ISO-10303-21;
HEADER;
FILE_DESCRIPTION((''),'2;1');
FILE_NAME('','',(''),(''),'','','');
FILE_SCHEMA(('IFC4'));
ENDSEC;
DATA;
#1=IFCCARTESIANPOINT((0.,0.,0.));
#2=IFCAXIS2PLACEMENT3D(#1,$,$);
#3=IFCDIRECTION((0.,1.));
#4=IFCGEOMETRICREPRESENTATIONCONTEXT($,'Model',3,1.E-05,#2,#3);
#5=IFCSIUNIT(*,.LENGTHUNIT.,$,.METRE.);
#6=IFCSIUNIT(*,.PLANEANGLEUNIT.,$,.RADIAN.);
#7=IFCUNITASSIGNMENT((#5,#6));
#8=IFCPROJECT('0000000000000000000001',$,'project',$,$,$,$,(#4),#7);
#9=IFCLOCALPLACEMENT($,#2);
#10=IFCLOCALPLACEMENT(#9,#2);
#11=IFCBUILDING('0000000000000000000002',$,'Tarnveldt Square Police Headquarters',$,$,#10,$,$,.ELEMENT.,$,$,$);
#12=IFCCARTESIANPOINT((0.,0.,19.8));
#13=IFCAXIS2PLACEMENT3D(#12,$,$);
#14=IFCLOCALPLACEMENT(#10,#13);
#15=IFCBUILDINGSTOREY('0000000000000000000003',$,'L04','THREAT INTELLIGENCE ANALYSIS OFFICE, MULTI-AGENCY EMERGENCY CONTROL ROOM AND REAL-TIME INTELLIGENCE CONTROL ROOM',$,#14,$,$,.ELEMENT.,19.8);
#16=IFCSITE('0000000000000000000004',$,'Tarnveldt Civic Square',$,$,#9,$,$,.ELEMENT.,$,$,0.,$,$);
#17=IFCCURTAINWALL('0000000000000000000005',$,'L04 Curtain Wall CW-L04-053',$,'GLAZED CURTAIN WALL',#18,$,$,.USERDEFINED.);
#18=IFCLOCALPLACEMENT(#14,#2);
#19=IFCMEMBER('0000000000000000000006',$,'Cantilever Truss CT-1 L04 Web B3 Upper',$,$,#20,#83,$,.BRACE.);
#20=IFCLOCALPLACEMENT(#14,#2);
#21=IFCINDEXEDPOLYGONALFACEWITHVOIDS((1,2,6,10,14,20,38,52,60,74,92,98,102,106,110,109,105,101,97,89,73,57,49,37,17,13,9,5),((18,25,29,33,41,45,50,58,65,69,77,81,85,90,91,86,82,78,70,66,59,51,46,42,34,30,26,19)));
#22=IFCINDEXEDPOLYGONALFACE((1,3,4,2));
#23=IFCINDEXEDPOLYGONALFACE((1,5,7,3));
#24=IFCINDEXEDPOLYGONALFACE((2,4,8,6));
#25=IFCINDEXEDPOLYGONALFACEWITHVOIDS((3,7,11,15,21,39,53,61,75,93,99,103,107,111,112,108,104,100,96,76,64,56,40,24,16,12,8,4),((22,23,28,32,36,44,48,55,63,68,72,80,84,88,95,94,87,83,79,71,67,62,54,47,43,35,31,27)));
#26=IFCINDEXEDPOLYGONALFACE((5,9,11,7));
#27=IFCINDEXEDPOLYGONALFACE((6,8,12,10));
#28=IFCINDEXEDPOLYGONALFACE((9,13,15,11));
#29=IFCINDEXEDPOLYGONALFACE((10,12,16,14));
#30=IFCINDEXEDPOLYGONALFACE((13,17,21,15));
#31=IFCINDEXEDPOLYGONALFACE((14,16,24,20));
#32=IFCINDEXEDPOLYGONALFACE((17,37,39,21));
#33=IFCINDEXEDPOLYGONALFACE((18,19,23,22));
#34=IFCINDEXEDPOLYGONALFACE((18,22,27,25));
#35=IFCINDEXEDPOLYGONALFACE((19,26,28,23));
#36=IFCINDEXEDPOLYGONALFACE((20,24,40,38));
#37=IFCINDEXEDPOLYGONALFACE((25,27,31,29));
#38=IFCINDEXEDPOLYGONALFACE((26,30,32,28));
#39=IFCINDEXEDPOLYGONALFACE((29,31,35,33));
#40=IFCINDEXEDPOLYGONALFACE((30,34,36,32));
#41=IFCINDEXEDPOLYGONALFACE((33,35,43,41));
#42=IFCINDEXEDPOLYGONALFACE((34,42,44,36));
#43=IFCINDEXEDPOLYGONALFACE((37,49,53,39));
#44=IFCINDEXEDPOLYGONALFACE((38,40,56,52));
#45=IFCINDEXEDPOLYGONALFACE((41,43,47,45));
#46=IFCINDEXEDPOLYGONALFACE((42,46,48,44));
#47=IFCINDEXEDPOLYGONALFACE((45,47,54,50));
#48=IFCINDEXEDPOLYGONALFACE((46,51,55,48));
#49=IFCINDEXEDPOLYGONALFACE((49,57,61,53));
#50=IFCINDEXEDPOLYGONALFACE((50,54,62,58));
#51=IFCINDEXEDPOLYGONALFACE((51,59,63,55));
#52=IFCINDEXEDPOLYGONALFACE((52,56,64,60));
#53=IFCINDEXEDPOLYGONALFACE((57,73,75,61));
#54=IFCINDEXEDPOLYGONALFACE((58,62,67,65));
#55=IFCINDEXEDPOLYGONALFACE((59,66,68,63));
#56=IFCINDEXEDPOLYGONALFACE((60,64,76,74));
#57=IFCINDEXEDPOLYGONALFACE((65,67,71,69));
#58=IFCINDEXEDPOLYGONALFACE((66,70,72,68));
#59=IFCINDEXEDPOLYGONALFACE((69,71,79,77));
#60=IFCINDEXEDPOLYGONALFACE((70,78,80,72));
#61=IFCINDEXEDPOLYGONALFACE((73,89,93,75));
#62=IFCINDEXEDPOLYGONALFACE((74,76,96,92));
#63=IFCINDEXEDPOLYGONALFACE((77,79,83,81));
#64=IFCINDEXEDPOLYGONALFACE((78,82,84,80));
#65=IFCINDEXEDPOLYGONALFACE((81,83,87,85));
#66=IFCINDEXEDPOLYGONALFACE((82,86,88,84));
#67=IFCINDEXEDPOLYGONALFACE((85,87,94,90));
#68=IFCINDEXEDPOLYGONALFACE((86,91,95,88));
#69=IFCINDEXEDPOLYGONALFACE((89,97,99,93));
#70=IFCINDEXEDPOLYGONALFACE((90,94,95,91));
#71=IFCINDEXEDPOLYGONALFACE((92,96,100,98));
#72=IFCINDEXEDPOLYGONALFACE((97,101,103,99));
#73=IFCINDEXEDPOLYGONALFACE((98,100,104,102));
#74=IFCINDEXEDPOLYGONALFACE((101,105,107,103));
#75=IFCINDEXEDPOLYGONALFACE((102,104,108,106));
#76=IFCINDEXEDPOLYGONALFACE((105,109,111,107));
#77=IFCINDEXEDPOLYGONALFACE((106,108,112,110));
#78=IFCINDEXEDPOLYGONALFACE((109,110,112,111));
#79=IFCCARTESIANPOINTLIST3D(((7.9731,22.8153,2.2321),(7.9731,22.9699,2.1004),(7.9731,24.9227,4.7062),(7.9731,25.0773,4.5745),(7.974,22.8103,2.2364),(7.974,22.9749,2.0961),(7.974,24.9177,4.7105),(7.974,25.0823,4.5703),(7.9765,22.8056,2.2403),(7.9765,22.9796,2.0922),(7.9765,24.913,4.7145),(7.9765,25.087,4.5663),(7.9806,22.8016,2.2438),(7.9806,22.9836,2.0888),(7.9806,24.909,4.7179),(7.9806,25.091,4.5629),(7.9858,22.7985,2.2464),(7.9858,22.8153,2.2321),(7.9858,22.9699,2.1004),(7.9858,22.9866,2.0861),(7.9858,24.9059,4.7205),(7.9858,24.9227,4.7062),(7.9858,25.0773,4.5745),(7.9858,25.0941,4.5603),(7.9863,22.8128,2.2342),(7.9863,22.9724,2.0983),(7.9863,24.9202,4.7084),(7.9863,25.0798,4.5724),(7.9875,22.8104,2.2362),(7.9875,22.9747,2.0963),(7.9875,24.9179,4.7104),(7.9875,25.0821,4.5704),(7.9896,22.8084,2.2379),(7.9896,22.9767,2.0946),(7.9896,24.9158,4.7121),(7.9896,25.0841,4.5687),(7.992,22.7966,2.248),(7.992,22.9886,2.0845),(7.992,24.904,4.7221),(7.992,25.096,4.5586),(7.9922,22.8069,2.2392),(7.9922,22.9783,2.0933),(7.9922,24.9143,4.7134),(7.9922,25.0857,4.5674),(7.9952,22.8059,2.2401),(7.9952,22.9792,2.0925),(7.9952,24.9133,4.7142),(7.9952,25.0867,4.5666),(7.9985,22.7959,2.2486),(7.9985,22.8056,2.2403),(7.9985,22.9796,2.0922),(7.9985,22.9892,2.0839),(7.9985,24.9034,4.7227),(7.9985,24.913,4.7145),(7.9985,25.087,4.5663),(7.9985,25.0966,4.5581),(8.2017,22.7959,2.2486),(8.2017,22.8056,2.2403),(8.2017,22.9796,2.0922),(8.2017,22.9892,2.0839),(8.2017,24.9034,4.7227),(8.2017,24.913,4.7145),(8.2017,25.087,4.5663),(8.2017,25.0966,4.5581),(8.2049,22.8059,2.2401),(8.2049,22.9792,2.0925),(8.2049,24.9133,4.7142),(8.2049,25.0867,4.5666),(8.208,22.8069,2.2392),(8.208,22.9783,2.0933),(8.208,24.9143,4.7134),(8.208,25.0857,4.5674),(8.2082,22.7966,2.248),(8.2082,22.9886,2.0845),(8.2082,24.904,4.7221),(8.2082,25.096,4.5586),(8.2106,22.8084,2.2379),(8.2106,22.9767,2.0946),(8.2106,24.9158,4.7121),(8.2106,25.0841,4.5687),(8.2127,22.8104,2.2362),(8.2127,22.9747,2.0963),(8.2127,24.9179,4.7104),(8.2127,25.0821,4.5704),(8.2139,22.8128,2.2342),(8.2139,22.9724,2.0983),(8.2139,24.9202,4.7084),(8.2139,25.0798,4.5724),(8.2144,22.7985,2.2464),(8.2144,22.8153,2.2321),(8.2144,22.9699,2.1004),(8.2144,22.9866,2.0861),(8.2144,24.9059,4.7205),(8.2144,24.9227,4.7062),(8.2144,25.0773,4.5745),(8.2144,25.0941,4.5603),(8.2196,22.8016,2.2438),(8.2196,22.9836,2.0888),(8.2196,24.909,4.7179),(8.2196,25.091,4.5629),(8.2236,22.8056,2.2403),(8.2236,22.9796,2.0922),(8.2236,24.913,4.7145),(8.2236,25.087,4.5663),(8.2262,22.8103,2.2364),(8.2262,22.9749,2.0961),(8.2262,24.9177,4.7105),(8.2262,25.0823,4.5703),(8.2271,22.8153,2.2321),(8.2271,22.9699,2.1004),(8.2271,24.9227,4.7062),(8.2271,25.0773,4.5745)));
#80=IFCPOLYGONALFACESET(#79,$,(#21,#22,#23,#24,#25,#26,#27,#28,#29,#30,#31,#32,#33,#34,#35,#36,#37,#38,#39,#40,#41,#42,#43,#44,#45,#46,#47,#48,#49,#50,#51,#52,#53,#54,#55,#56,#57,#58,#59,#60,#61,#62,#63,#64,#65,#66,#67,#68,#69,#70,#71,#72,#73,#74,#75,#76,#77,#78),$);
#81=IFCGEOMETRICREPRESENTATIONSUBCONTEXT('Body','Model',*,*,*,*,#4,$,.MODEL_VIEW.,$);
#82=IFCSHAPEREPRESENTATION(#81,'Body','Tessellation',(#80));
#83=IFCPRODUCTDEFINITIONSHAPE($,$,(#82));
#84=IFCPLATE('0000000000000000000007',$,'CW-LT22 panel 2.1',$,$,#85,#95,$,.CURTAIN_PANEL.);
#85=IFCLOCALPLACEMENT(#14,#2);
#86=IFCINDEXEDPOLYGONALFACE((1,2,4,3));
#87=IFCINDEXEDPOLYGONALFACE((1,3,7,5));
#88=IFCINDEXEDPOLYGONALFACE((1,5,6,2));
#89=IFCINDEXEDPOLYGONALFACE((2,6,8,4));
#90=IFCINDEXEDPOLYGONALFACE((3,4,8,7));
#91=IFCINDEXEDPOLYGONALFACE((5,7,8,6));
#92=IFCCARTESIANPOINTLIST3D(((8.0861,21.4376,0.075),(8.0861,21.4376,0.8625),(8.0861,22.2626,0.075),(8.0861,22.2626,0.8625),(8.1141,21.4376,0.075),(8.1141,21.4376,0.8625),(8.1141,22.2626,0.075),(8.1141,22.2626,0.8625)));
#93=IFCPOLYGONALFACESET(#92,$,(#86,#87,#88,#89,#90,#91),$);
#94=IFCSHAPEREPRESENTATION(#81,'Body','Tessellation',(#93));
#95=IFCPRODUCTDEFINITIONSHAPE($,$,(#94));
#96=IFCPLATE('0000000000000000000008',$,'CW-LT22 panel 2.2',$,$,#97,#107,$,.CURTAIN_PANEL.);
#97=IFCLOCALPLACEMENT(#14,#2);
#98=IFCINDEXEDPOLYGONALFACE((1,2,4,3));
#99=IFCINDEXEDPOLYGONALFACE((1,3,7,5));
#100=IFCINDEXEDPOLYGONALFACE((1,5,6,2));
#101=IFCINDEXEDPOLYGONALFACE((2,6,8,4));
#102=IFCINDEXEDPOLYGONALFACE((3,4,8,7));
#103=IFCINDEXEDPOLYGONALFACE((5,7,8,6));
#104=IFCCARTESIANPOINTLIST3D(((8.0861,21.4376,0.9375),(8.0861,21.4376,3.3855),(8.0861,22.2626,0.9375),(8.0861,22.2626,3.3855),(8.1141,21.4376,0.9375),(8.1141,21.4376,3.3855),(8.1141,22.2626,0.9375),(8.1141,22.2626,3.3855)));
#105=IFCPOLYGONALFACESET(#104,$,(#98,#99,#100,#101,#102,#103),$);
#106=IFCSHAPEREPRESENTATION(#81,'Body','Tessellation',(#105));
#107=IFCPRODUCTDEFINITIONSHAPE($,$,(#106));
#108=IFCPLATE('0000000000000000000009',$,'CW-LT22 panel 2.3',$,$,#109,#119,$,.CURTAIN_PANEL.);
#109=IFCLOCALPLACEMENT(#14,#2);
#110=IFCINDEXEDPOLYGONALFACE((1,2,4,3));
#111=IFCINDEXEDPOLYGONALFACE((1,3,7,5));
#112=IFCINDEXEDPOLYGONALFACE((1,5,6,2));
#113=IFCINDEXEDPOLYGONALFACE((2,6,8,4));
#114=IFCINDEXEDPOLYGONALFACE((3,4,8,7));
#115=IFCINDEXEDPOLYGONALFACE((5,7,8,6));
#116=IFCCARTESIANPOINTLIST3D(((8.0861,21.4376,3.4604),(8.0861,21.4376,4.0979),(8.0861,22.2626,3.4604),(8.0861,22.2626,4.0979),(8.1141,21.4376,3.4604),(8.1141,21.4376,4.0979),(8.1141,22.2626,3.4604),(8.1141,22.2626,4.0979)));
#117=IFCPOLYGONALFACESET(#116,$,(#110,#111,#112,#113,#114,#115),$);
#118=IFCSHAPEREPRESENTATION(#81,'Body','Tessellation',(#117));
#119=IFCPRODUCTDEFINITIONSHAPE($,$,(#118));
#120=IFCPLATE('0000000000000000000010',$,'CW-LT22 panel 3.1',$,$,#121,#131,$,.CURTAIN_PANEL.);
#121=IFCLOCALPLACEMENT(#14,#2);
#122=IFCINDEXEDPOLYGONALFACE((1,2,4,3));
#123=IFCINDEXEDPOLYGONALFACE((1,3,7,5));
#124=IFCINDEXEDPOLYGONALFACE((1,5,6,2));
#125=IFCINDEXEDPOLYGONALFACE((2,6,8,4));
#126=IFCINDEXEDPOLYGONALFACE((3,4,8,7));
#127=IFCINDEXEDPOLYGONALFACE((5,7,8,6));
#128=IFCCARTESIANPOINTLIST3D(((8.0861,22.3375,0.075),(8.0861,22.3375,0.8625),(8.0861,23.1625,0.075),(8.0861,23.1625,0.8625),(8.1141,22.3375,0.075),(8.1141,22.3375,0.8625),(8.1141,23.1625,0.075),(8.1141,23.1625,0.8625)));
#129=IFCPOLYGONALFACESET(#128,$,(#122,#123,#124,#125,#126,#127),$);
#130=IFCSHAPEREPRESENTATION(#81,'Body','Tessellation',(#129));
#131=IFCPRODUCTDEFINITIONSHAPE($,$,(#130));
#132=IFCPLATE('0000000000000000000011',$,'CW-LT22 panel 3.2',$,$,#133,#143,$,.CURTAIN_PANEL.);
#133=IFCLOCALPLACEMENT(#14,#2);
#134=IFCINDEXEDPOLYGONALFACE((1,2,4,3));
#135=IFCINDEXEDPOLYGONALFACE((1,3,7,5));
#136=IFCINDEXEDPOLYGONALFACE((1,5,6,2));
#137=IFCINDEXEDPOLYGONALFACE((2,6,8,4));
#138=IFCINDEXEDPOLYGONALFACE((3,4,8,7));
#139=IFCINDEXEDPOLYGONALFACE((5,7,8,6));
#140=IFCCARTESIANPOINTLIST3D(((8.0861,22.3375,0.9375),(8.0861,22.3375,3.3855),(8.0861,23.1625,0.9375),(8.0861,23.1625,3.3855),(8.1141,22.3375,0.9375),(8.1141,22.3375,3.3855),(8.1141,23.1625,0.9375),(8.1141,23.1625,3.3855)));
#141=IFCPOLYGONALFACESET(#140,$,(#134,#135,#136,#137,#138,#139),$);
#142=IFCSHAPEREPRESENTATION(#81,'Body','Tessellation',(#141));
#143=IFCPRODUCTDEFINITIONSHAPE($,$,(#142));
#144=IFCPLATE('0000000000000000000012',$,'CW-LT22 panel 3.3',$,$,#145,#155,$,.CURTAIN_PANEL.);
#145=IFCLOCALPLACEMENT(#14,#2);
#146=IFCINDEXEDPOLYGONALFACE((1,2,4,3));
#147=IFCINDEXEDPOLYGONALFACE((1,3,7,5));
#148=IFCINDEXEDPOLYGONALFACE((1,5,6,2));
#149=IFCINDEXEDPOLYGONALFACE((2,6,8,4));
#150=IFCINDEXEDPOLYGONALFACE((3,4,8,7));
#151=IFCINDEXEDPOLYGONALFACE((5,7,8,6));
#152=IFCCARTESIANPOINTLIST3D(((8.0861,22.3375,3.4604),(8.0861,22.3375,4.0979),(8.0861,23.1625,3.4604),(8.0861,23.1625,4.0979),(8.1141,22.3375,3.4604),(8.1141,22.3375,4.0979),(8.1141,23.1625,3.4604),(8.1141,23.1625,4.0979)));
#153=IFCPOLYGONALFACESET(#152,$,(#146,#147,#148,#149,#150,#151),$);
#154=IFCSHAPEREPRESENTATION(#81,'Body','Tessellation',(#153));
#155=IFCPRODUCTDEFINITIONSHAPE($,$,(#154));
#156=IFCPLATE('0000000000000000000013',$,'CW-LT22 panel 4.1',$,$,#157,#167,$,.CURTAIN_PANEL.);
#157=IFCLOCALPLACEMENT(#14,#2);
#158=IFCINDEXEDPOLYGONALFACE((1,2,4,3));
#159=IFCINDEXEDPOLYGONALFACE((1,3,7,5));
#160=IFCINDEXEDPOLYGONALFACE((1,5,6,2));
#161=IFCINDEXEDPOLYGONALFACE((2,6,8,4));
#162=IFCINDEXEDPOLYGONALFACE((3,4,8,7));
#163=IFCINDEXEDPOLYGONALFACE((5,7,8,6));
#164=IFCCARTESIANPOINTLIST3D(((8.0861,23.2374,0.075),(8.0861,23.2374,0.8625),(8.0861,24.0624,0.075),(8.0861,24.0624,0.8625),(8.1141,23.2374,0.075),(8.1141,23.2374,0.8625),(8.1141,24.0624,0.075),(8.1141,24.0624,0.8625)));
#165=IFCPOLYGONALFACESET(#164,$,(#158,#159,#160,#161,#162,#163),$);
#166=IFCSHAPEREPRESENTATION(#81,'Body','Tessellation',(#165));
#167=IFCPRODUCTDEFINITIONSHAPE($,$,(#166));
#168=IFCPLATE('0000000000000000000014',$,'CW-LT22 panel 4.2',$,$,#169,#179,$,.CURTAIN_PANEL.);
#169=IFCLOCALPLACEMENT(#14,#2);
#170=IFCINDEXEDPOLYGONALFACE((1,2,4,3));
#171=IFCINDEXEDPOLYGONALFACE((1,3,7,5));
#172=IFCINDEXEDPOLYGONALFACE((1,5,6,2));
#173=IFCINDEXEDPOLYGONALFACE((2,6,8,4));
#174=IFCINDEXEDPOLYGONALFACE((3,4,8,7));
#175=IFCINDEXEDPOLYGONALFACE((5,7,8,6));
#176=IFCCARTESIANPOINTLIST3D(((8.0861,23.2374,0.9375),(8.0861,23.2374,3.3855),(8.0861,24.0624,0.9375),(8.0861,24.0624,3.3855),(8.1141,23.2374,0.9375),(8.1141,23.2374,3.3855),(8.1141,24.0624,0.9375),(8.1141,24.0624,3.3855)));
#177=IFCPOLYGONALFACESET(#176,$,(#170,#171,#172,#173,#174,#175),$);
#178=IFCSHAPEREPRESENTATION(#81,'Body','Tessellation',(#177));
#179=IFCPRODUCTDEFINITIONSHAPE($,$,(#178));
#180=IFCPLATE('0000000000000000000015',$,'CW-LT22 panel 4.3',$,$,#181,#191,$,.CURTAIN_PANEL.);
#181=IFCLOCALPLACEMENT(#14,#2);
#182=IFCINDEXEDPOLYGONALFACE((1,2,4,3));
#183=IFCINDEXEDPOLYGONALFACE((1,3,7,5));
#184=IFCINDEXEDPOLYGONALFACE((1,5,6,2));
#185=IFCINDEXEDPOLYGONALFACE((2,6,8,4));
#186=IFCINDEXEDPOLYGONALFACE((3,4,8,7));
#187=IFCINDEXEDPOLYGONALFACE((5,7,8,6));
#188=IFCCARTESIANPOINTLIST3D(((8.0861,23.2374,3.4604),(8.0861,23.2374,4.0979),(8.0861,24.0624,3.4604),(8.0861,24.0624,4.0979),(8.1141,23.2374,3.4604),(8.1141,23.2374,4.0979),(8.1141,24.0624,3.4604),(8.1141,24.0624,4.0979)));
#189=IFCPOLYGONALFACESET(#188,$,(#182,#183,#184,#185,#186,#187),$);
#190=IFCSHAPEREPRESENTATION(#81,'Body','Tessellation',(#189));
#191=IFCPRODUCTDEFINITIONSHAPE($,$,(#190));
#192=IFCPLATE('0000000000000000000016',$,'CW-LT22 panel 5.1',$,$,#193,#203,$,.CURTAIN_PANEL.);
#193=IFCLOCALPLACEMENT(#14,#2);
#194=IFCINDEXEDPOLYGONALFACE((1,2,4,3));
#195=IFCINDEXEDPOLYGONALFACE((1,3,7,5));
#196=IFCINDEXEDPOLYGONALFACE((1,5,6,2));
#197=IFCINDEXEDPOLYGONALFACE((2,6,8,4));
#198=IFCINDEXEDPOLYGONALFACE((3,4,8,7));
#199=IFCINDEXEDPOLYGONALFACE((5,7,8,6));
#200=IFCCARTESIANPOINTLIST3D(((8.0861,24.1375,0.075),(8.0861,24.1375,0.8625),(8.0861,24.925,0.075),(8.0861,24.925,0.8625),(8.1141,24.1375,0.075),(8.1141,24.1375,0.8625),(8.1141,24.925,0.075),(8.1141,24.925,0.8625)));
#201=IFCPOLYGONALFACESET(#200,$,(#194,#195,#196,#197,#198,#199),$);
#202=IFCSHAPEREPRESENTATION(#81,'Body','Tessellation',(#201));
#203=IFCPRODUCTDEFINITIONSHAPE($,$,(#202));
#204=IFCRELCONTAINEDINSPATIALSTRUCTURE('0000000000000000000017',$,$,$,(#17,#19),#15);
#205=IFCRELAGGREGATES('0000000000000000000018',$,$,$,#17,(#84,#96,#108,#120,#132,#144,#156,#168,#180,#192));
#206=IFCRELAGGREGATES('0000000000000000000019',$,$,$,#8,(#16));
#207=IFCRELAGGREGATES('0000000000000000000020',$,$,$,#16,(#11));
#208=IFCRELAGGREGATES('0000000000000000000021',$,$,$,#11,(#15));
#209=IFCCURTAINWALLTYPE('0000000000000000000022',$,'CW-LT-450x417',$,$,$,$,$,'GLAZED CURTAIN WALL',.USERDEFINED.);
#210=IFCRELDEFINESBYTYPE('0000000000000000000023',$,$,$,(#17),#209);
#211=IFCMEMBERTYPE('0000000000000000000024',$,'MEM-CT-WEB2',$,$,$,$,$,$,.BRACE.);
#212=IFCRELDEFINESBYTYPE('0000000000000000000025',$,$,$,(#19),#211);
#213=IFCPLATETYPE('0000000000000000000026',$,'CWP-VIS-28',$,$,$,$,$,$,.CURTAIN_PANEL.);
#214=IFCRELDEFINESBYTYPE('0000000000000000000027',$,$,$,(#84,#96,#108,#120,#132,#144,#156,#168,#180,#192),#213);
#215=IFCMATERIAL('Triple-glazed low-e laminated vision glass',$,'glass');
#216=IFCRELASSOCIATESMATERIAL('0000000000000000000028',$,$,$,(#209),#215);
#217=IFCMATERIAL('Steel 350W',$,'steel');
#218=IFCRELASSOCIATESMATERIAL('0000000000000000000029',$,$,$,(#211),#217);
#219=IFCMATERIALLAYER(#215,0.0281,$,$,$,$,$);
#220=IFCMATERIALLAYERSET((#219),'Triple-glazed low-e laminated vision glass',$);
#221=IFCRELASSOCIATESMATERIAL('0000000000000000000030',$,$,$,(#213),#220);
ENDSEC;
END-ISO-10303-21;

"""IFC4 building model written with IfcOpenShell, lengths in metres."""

from ifc_helpers import new_model, si_unit, direction, frame, origin, origin_2d, place, context, subcontext, project, spatial, rectangle, hollow_rectangle, extrude, material, layer, layer_set, material_profile, profile_set, type_object, element, aggregate, save


model = new_model("IFC4")

# Units and contexts
model_context = context("Model", 3, precision=1e-05, world=origin(), true_north=direction((0.0, 1.0)))
body_context = subcontext(model_context, "Body", "Model", "MODEL_VIEW")
ifc_project = project(units=[si_unit("LENGTHUNIT", "METRE"), si_unit("PLANEANGLEUNIT", "RADIAN")], contexts=[model_context])

# Site, building, storey
site_placement = place(None, origin())
site = spatial("IfcSite", under=ifc_project, at=site_placement, Name="Tarnveldt Civic Square", CompositionType="ELEMENT", RefElevation=0.0)
building_placement = place(site_placement, origin())
building = spatial("IfcBuilding", under=site, at=building_placement, Name="Tarnveldt Square Police Headquarters", CompositionType="ELEMENT")
storey_placement = place(building_placement, frame((0.0, 0.0, 19.8)))
storey = spatial("IfcBuildingStorey", under=building, at=storey_placement, Name="L04", Description="THREAT INTELLIGENCE ANALYSIS OFFICE, MULTI-AGENCY EMERGENCY CONTROL ROOM AND REAL-TIME INTELLIGENCE CONTROL ROOM", CompositionType="ELEMENT", Elevation=19.8)

# Shared definitions
ifc_material_1 = material(Name="Steel 350W", Category="steel")

# Curtain wall
ifc_material_2 = material(Name="Triple-glazed low-e laminated vision glass", Category="glass")
curtain_wall_type = type_object("IfcCurtainWallType", Name="CW-LT-450x417", ElementType="GLAZED CURTAIN WALL", PredefinedType="USERDEFINED", material=ifc_material_2)
curtain_wall_placement = place(storey_placement, origin())
curtain_wall = element("IfcCurtainWall", 1, at=curtain_wall_placement, inside=storey, type_object=curtain_wall_type, Name="L04 Curtain Wall CW-L04-053", ObjectType="GLAZED CURTAIN WALL", PredefinedType="USERDEFINED")

# Member
ifc_material_profile_1 = material_profile(ifc_material_1, hollow_rectangle(XDim=0.2539, YDim=0.2539, WallThickness=0.0127, InnerFilletRadius=0.0127, OuterFilletRadius=0.0254, at=origin_2d()), Name="HSS254x254x13")
ifc_profile_set_1 = profile_set([ifc_material_profile_1], Name="Steel 350W")
member_type_1 = type_object("IfcMemberType", Name="MEM-CT-WEB2", PredefinedType="BRACE", material=ifc_profile_set_1)
member_1_placement = place(storey_placement, frame((8.1001, 22.8926, 2.1663), z_axis=(0.0, 0.648437, 0.761268), x_axis=(-1.0, 0.0, 0.0)))
element("IfcMember", 2, at=member_1_placement, inside=storey, type_object=member_type_1, Name="Cantilever Truss CT-1 L04 Web B3 Upper", PredefinedType="BRACE", context=body_context, shape_type="SweptSolid", body=[
    extrude(hollow_rectangle(XDim=0.2539, YDim=0.2539, WallThickness=0.0127, InnerFilletRadius=0.0127, OuterFilletRadius=0.0254, at=origin_2d()), origin(), (0.0, 0.0, 1.0), 3.25),
])

# Plates
ifc_layer_1 = layer(ifc_material_2, 0.0281)
ifc_layer_set_1 = layer_set([ifc_layer_1], Name="Triple-glazed low-e laminated vision glass")
plate_type_1 = type_object("IfcPlateType", Name="CWP-VIS-28", PredefinedType="CURTAIN_PANEL", material=ifc_layer_set_1)
plate_1_placement = place(storey_placement, frame((8.1001, 21.8501, 0.075), z_axis=(0.0, 0.0, 1.0), x_axis=(0.0, 1.0, 0.0)))
plate_1 = element("IfcPlate", 3, at=plate_1_placement, type_object=plate_type_1, Name="CW-LT22 panel 2.1", PredefinedType="CURTAIN_PANEL", context=body_context, shape_type="SweptSolid", body=[
    extrude(rectangle(XDim=0.825, YDim=0.0281, at=origin_2d()), origin(), (0.0, 0.0, 1.0), 0.7876),
])
plate_2_placement = place(storey_placement, frame((8.1001, 21.8501, 0.9375), z_axis=(0.0, 0.0, 1.0), x_axis=(0.0, 1.0, 0.0)))
plate_2 = element("IfcPlate", 4, at=plate_2_placement, type_object=plate_type_1, Name="CW-LT22 panel 2.2", PredefinedType="CURTAIN_PANEL", context=body_context, shape_type="SweptSolid", body=[
    extrude(rectangle(XDim=0.825, YDim=0.0281, at=origin_2d()), origin(), (0.0, 0.0, 1.0), 2.448),
])
plate_3_placement = place(storey_placement, frame((8.1001, 21.8501, 3.4604), z_axis=(0.0, 0.0, 1.0), x_axis=(0.0, 1.0, 0.0)))
plate_3 = element("IfcPlate", 5, at=plate_3_placement, type_object=plate_type_1, Name="CW-LT22 panel 2.3", PredefinedType="CURTAIN_PANEL", context=body_context, shape_type="SweptSolid", body=[
    extrude(rectangle(XDim=0.825, YDim=0.0281, at=origin_2d()), origin(), (0.0, 0.0, 1.0), 0.6375),
])
plate_4_placement = place(storey_placement, frame((8.1001, 22.75, 0.075), z_axis=(0.0, 0.0, 1.0), x_axis=(0.0, 1.0, 0.0)))
plate_4 = element("IfcPlate", 6, at=plate_4_placement, type_object=plate_type_1, Name="CW-LT22 panel 3.1", PredefinedType="CURTAIN_PANEL", context=body_context, shape_type="SweptSolid", body=[
    extrude(rectangle(XDim=0.825, YDim=0.0281, at=origin_2d()), origin(), (0.0, 0.0, 1.0), 0.7876),
])
plate_5_placement = place(storey_placement, frame((8.1001, 22.75, 0.9375), z_axis=(0.0, 0.0, 1.0), x_axis=(0.0, 1.0, 0.0)))
plate_5 = element("IfcPlate", 7, at=plate_5_placement, type_object=plate_type_1, Name="CW-LT22 panel 3.2", PredefinedType="CURTAIN_PANEL", context=body_context, shape_type="SweptSolid", body=[
    extrude(rectangle(XDim=0.825, YDim=0.0281, at=origin_2d()), origin(), (0.0, 0.0, 1.0), 2.448),
])
plate_6_placement = place(storey_placement, frame((8.1001, 22.75, 3.4604), z_axis=(0.0, 0.0, 1.0), x_axis=(0.0, 1.0, 0.0)))
plate_6 = element("IfcPlate", 8, at=plate_6_placement, type_object=plate_type_1, Name="CW-LT22 panel 3.3", PredefinedType="CURTAIN_PANEL", context=body_context, shape_type="SweptSolid", body=[
    extrude(rectangle(XDim=0.825, YDim=0.0281, at=origin_2d()), origin(), (0.0, 0.0, 1.0), 0.6375),
])
plate_7_placement = place(storey_placement, frame((8.1001, 23.6499, 0.075), z_axis=(0.0, 0.0, 1.0), x_axis=(0.0, 1.0, 0.0)))
plate_7 = element("IfcPlate", 9, at=plate_7_placement, type_object=plate_type_1, Name="CW-LT22 panel 4.1", PredefinedType="CURTAIN_PANEL", context=body_context, shape_type="SweptSolid", body=[
    extrude(rectangle(XDim=0.825, YDim=0.0281, at=origin_2d()), origin(), (0.0, 0.0, 1.0), 0.7876),
])
plate_8_placement = place(storey_placement, frame((8.1001, 23.6499, 0.9375), z_axis=(0.0, 0.0, 1.0), x_axis=(0.0, 1.0, 0.0)))
plate_8 = element("IfcPlate", 10, at=plate_8_placement, type_object=plate_type_1, Name="CW-LT22 panel 4.2", PredefinedType="CURTAIN_PANEL", context=body_context, shape_type="SweptSolid", body=[
    extrude(rectangle(XDim=0.825, YDim=0.0281, at=origin_2d()), origin(), (0.0, 0.0, 1.0), 2.448),
])
plate_9_placement = place(storey_placement, frame((8.1001, 23.6499, 3.4604), z_axis=(0.0, 0.0, 1.0), x_axis=(0.0, 1.0, 0.0)))
plate_9 = element("IfcPlate", 11, at=plate_9_placement, type_object=plate_type_1, Name="CW-LT22 panel 4.3", PredefinedType="CURTAIN_PANEL", context=body_context, shape_type="SweptSolid", body=[
    extrude(rectangle(XDim=0.825, YDim=0.0281, at=origin_2d()), origin(), (0.0, 0.0, 1.0), 0.6375),
])
plate_10_placement = place(storey_placement, frame((8.1001, 24.5312, 0.075), z_axis=(0.0, 0.0, 1.0), x_axis=(0.0, 1.0, 0.0)))
plate_10 = element("IfcPlate", 12, at=plate_10_placement, type_object=plate_type_1, Name="CW-LT22 panel 5.1", PredefinedType="CURTAIN_PANEL", context=body_context, shape_type="SweptSolid", body=[
    extrude(rectangle(XDim=0.7876, YDim=0.0281, at=origin_2d()), origin(), (0.0, 0.0, 1.0), 0.7876),
])
aggregate(curtain_wall, [plate_1, plate_2, plate_3, plate_4, plate_5, plate_6, plate_7, plate_8, plate_9, plate_10])

save(model, "model.ifc")
